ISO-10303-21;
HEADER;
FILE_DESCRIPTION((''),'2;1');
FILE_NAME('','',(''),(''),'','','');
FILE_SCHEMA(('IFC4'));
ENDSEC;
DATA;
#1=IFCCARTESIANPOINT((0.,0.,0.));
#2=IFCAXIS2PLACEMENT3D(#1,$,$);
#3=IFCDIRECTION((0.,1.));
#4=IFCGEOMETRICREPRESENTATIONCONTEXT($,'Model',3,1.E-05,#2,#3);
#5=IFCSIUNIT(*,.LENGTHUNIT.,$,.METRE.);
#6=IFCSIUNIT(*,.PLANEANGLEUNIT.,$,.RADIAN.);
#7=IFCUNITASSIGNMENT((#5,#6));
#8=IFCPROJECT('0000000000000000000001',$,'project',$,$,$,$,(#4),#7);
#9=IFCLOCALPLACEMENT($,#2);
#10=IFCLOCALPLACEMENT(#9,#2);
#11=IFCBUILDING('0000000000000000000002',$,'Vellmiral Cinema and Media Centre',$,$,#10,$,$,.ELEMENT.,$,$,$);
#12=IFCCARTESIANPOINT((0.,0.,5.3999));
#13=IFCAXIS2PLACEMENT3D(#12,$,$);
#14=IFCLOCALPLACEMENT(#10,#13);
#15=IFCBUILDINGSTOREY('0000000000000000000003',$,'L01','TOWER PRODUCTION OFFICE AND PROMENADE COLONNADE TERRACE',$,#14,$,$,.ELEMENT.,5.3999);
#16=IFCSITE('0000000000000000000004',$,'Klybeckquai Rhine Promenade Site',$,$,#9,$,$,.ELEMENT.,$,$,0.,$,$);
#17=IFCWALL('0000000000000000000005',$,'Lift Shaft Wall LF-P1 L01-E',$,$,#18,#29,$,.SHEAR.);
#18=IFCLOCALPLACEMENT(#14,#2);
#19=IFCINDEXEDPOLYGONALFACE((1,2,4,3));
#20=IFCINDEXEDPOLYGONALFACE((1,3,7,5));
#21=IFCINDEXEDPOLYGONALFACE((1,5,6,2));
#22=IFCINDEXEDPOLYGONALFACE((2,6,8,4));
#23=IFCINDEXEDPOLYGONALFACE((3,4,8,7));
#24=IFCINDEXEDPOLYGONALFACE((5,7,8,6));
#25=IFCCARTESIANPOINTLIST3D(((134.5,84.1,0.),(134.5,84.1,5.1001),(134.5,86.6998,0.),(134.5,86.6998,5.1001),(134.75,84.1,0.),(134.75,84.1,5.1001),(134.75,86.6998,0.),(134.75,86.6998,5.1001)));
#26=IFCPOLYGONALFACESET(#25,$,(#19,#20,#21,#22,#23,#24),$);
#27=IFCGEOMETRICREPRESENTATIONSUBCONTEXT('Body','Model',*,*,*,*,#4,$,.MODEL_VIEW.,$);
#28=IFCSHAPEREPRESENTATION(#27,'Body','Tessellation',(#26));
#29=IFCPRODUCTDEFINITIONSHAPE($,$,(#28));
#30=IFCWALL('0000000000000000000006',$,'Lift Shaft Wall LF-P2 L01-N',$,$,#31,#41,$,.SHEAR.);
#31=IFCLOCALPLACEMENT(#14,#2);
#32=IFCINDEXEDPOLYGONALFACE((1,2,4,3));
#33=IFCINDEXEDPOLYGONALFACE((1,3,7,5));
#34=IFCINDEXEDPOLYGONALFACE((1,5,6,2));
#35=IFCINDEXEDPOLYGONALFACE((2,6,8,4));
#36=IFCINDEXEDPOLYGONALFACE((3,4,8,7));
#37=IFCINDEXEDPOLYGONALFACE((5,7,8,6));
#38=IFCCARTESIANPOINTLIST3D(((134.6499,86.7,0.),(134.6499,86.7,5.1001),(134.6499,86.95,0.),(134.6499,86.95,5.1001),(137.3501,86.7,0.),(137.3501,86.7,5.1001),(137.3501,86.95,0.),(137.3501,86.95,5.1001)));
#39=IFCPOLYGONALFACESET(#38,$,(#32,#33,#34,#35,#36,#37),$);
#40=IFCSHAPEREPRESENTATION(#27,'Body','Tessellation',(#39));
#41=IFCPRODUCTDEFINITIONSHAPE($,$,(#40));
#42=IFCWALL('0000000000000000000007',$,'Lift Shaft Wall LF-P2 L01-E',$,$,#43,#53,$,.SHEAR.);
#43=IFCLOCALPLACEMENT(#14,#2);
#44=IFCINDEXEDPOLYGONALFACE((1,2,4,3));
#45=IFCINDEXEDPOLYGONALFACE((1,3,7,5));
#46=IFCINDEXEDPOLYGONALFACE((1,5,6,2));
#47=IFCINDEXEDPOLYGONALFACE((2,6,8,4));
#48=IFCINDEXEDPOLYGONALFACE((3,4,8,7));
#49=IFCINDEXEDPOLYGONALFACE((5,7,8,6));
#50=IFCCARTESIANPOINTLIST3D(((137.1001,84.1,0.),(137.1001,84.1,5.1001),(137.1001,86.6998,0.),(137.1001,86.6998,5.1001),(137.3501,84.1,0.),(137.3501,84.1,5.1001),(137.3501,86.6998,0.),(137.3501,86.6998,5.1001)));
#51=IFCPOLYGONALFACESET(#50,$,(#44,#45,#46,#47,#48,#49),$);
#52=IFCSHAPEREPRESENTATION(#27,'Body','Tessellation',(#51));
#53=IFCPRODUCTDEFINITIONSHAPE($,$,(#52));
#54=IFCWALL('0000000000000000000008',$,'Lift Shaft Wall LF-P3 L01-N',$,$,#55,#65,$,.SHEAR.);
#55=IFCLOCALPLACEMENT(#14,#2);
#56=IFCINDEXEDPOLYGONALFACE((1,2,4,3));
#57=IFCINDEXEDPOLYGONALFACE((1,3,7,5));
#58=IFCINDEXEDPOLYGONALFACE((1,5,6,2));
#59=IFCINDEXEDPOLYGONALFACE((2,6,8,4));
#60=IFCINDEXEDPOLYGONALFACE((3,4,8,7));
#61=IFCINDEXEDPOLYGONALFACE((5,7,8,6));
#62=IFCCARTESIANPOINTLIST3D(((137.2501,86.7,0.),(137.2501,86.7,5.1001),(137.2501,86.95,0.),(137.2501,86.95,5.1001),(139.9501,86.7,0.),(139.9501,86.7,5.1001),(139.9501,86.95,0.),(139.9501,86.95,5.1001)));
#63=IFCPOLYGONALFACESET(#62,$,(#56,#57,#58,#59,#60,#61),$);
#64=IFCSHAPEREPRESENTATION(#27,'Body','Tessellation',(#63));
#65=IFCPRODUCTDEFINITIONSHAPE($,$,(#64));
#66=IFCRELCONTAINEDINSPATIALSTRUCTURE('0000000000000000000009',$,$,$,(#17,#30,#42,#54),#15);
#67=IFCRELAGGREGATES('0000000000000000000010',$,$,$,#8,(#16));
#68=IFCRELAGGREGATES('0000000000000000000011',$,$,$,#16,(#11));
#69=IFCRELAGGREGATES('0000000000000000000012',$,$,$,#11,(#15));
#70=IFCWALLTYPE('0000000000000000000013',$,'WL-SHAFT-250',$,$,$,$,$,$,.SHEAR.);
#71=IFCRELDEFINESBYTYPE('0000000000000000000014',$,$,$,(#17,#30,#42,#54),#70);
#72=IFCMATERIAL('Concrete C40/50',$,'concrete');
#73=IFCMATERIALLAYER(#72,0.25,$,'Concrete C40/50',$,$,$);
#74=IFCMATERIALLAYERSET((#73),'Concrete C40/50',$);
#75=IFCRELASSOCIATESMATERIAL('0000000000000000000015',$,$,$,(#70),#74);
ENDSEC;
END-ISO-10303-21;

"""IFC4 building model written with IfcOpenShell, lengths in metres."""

from ifc_helpers import new_model, si_unit, direction, frame, frame_2d, origin, place, context, subcontext, project, spatial, rectangle, extrude, material, layer, layer_set, type_object, element, save


model = new_model("IFC4")

# Units and contexts
model_context = context("Model", 3, precision=1e-05, world=origin(), true_north=direction((0.0, 1.0)))
body_context = subcontext(model_context, "Body", "Model", "MODEL_VIEW")
ifc_project = project(units=[si_unit("LENGTHUNIT", "METRE"), si_unit("PLANEANGLEUNIT", "RADIAN")], contexts=[model_context])

# Site, building, storey
site_placement = place(None, origin())
site = spatial("IfcSite", under=ifc_project, at=site_placement, Name="Klybeckquai Rhine Promenade Site", CompositionType="ELEMENT", RefElevation=0.0)
building_placement = place(site_placement, origin())
building = spatial("IfcBuilding", under=site, at=building_placement, Name="Vellmiral Cinema and Media Centre", CompositionType="ELEMENT")
storey_placement = place(building_placement, frame((0.0, 0.0, 5.3999)))
storey = spatial("IfcBuildingStorey", under=building, at=storey_placement, Name="L01", Description="TOWER PRODUCTION OFFICE AND PROMENADE COLONNADE TERRACE", CompositionType="ELEMENT", Elevation=5.3999)

# Shared definitions
ifc_material_1 = material(Name="Concrete C40/50", Category="concrete")
ifc_layer_1 = layer(ifc_material_1, 0.25, Name="Concrete C40/50")
ifc_layer_set_1 = layer_set([ifc_layer_1], Name="Concrete C40/50")
wall_type_1 = type_object("IfcWallType", Name="WL-SHAFT-250", PredefinedType="SHEAR", material=ifc_layer_set_1)

# Wall
for number, where, z_axis, x_axis, name in (
    (1, (134.625, 84.1001, 0.0), (0.0, 0.0, 1.0), (0.0, 1.0, 0.0), "Lift Shaft Wall LF-P1 L01-E"),
):
    element("IfcWall", number, at=place(storey_placement, frame(where, z_axis=z_axis, x_axis=x_axis)), inside=storey, type_object=wall_type_1, Name=name, PredefinedType="SHEAR", context=body_context, shape_type="SweptSolid", body=[
        extrude(rectangle(XDim=2.5999, YDim=0.25, at=frame_2d((1.2998, 0.0))), origin(), (0.0, 0.0, 1.0), 5.1001),
    ])

# Walls
wall_1_placement = place(storey_placement, frame((134.6499, 86.825, 0.0), z_axis=(0.0, 0.0, 1.0), x_axis=(1.0, 0.0, 0.0)))
element("IfcWall", 2, at=wall_1_placement, inside=storey, type_object=wall_type_1, Name="Lift Shaft Wall LF-P2 L01-N", PredefinedType="SHEAR", context=body_context, shape_type="SweptSolid", body=[
    extrude(rectangle(XDim=2.7002, YDim=0.25, at=frame_2d((1.3501, 0.0))), origin(), (0.0, 0.0, 1.0), 5.1001),
])
wall_2_placement = place(storey_placement, frame((137.2251, 84.1001, 0.0), z_axis=(0.0, 0.0, 1.0), x_axis=(0.0, 1.0, 0.0)))
element("IfcWall", 3, at=wall_2_placement, inside=storey, type_object=wall_type_1, Name="Lift Shaft Wall LF-P2 L01-E", PredefinedType="SHEAR", context=body_context, shape_type="SweptSolid", body=[
    extrude(rectangle(XDim=2.5999, YDim=0.25, at=frame_2d((1.2998, 0.0))), origin(), (0.0, 0.0, 1.0), 5.1001),
])

# Wall
wall_3_placement = place(storey_placement, frame((137.25, 86.825, 0.0), z_axis=(0.0, 0.0, 1.0), x_axis=(1.0, 0.0, 0.0)))
element("IfcWall", 4, at=wall_3_placement, inside=storey, type_object=wall_type_1, Name="Lift Shaft Wall LF-P3 L01-N", PredefinedType="SHEAR", context=body_context, shape_type="SweptSolid", body=[
    extrude(rectangle(XDim=2.7, YDim=0.25, at=frame_2d((1.3501, 0.0))), origin(), (0.0, 0.0, 1.0), 5.1001),
])

save(model, "model.ifc")
